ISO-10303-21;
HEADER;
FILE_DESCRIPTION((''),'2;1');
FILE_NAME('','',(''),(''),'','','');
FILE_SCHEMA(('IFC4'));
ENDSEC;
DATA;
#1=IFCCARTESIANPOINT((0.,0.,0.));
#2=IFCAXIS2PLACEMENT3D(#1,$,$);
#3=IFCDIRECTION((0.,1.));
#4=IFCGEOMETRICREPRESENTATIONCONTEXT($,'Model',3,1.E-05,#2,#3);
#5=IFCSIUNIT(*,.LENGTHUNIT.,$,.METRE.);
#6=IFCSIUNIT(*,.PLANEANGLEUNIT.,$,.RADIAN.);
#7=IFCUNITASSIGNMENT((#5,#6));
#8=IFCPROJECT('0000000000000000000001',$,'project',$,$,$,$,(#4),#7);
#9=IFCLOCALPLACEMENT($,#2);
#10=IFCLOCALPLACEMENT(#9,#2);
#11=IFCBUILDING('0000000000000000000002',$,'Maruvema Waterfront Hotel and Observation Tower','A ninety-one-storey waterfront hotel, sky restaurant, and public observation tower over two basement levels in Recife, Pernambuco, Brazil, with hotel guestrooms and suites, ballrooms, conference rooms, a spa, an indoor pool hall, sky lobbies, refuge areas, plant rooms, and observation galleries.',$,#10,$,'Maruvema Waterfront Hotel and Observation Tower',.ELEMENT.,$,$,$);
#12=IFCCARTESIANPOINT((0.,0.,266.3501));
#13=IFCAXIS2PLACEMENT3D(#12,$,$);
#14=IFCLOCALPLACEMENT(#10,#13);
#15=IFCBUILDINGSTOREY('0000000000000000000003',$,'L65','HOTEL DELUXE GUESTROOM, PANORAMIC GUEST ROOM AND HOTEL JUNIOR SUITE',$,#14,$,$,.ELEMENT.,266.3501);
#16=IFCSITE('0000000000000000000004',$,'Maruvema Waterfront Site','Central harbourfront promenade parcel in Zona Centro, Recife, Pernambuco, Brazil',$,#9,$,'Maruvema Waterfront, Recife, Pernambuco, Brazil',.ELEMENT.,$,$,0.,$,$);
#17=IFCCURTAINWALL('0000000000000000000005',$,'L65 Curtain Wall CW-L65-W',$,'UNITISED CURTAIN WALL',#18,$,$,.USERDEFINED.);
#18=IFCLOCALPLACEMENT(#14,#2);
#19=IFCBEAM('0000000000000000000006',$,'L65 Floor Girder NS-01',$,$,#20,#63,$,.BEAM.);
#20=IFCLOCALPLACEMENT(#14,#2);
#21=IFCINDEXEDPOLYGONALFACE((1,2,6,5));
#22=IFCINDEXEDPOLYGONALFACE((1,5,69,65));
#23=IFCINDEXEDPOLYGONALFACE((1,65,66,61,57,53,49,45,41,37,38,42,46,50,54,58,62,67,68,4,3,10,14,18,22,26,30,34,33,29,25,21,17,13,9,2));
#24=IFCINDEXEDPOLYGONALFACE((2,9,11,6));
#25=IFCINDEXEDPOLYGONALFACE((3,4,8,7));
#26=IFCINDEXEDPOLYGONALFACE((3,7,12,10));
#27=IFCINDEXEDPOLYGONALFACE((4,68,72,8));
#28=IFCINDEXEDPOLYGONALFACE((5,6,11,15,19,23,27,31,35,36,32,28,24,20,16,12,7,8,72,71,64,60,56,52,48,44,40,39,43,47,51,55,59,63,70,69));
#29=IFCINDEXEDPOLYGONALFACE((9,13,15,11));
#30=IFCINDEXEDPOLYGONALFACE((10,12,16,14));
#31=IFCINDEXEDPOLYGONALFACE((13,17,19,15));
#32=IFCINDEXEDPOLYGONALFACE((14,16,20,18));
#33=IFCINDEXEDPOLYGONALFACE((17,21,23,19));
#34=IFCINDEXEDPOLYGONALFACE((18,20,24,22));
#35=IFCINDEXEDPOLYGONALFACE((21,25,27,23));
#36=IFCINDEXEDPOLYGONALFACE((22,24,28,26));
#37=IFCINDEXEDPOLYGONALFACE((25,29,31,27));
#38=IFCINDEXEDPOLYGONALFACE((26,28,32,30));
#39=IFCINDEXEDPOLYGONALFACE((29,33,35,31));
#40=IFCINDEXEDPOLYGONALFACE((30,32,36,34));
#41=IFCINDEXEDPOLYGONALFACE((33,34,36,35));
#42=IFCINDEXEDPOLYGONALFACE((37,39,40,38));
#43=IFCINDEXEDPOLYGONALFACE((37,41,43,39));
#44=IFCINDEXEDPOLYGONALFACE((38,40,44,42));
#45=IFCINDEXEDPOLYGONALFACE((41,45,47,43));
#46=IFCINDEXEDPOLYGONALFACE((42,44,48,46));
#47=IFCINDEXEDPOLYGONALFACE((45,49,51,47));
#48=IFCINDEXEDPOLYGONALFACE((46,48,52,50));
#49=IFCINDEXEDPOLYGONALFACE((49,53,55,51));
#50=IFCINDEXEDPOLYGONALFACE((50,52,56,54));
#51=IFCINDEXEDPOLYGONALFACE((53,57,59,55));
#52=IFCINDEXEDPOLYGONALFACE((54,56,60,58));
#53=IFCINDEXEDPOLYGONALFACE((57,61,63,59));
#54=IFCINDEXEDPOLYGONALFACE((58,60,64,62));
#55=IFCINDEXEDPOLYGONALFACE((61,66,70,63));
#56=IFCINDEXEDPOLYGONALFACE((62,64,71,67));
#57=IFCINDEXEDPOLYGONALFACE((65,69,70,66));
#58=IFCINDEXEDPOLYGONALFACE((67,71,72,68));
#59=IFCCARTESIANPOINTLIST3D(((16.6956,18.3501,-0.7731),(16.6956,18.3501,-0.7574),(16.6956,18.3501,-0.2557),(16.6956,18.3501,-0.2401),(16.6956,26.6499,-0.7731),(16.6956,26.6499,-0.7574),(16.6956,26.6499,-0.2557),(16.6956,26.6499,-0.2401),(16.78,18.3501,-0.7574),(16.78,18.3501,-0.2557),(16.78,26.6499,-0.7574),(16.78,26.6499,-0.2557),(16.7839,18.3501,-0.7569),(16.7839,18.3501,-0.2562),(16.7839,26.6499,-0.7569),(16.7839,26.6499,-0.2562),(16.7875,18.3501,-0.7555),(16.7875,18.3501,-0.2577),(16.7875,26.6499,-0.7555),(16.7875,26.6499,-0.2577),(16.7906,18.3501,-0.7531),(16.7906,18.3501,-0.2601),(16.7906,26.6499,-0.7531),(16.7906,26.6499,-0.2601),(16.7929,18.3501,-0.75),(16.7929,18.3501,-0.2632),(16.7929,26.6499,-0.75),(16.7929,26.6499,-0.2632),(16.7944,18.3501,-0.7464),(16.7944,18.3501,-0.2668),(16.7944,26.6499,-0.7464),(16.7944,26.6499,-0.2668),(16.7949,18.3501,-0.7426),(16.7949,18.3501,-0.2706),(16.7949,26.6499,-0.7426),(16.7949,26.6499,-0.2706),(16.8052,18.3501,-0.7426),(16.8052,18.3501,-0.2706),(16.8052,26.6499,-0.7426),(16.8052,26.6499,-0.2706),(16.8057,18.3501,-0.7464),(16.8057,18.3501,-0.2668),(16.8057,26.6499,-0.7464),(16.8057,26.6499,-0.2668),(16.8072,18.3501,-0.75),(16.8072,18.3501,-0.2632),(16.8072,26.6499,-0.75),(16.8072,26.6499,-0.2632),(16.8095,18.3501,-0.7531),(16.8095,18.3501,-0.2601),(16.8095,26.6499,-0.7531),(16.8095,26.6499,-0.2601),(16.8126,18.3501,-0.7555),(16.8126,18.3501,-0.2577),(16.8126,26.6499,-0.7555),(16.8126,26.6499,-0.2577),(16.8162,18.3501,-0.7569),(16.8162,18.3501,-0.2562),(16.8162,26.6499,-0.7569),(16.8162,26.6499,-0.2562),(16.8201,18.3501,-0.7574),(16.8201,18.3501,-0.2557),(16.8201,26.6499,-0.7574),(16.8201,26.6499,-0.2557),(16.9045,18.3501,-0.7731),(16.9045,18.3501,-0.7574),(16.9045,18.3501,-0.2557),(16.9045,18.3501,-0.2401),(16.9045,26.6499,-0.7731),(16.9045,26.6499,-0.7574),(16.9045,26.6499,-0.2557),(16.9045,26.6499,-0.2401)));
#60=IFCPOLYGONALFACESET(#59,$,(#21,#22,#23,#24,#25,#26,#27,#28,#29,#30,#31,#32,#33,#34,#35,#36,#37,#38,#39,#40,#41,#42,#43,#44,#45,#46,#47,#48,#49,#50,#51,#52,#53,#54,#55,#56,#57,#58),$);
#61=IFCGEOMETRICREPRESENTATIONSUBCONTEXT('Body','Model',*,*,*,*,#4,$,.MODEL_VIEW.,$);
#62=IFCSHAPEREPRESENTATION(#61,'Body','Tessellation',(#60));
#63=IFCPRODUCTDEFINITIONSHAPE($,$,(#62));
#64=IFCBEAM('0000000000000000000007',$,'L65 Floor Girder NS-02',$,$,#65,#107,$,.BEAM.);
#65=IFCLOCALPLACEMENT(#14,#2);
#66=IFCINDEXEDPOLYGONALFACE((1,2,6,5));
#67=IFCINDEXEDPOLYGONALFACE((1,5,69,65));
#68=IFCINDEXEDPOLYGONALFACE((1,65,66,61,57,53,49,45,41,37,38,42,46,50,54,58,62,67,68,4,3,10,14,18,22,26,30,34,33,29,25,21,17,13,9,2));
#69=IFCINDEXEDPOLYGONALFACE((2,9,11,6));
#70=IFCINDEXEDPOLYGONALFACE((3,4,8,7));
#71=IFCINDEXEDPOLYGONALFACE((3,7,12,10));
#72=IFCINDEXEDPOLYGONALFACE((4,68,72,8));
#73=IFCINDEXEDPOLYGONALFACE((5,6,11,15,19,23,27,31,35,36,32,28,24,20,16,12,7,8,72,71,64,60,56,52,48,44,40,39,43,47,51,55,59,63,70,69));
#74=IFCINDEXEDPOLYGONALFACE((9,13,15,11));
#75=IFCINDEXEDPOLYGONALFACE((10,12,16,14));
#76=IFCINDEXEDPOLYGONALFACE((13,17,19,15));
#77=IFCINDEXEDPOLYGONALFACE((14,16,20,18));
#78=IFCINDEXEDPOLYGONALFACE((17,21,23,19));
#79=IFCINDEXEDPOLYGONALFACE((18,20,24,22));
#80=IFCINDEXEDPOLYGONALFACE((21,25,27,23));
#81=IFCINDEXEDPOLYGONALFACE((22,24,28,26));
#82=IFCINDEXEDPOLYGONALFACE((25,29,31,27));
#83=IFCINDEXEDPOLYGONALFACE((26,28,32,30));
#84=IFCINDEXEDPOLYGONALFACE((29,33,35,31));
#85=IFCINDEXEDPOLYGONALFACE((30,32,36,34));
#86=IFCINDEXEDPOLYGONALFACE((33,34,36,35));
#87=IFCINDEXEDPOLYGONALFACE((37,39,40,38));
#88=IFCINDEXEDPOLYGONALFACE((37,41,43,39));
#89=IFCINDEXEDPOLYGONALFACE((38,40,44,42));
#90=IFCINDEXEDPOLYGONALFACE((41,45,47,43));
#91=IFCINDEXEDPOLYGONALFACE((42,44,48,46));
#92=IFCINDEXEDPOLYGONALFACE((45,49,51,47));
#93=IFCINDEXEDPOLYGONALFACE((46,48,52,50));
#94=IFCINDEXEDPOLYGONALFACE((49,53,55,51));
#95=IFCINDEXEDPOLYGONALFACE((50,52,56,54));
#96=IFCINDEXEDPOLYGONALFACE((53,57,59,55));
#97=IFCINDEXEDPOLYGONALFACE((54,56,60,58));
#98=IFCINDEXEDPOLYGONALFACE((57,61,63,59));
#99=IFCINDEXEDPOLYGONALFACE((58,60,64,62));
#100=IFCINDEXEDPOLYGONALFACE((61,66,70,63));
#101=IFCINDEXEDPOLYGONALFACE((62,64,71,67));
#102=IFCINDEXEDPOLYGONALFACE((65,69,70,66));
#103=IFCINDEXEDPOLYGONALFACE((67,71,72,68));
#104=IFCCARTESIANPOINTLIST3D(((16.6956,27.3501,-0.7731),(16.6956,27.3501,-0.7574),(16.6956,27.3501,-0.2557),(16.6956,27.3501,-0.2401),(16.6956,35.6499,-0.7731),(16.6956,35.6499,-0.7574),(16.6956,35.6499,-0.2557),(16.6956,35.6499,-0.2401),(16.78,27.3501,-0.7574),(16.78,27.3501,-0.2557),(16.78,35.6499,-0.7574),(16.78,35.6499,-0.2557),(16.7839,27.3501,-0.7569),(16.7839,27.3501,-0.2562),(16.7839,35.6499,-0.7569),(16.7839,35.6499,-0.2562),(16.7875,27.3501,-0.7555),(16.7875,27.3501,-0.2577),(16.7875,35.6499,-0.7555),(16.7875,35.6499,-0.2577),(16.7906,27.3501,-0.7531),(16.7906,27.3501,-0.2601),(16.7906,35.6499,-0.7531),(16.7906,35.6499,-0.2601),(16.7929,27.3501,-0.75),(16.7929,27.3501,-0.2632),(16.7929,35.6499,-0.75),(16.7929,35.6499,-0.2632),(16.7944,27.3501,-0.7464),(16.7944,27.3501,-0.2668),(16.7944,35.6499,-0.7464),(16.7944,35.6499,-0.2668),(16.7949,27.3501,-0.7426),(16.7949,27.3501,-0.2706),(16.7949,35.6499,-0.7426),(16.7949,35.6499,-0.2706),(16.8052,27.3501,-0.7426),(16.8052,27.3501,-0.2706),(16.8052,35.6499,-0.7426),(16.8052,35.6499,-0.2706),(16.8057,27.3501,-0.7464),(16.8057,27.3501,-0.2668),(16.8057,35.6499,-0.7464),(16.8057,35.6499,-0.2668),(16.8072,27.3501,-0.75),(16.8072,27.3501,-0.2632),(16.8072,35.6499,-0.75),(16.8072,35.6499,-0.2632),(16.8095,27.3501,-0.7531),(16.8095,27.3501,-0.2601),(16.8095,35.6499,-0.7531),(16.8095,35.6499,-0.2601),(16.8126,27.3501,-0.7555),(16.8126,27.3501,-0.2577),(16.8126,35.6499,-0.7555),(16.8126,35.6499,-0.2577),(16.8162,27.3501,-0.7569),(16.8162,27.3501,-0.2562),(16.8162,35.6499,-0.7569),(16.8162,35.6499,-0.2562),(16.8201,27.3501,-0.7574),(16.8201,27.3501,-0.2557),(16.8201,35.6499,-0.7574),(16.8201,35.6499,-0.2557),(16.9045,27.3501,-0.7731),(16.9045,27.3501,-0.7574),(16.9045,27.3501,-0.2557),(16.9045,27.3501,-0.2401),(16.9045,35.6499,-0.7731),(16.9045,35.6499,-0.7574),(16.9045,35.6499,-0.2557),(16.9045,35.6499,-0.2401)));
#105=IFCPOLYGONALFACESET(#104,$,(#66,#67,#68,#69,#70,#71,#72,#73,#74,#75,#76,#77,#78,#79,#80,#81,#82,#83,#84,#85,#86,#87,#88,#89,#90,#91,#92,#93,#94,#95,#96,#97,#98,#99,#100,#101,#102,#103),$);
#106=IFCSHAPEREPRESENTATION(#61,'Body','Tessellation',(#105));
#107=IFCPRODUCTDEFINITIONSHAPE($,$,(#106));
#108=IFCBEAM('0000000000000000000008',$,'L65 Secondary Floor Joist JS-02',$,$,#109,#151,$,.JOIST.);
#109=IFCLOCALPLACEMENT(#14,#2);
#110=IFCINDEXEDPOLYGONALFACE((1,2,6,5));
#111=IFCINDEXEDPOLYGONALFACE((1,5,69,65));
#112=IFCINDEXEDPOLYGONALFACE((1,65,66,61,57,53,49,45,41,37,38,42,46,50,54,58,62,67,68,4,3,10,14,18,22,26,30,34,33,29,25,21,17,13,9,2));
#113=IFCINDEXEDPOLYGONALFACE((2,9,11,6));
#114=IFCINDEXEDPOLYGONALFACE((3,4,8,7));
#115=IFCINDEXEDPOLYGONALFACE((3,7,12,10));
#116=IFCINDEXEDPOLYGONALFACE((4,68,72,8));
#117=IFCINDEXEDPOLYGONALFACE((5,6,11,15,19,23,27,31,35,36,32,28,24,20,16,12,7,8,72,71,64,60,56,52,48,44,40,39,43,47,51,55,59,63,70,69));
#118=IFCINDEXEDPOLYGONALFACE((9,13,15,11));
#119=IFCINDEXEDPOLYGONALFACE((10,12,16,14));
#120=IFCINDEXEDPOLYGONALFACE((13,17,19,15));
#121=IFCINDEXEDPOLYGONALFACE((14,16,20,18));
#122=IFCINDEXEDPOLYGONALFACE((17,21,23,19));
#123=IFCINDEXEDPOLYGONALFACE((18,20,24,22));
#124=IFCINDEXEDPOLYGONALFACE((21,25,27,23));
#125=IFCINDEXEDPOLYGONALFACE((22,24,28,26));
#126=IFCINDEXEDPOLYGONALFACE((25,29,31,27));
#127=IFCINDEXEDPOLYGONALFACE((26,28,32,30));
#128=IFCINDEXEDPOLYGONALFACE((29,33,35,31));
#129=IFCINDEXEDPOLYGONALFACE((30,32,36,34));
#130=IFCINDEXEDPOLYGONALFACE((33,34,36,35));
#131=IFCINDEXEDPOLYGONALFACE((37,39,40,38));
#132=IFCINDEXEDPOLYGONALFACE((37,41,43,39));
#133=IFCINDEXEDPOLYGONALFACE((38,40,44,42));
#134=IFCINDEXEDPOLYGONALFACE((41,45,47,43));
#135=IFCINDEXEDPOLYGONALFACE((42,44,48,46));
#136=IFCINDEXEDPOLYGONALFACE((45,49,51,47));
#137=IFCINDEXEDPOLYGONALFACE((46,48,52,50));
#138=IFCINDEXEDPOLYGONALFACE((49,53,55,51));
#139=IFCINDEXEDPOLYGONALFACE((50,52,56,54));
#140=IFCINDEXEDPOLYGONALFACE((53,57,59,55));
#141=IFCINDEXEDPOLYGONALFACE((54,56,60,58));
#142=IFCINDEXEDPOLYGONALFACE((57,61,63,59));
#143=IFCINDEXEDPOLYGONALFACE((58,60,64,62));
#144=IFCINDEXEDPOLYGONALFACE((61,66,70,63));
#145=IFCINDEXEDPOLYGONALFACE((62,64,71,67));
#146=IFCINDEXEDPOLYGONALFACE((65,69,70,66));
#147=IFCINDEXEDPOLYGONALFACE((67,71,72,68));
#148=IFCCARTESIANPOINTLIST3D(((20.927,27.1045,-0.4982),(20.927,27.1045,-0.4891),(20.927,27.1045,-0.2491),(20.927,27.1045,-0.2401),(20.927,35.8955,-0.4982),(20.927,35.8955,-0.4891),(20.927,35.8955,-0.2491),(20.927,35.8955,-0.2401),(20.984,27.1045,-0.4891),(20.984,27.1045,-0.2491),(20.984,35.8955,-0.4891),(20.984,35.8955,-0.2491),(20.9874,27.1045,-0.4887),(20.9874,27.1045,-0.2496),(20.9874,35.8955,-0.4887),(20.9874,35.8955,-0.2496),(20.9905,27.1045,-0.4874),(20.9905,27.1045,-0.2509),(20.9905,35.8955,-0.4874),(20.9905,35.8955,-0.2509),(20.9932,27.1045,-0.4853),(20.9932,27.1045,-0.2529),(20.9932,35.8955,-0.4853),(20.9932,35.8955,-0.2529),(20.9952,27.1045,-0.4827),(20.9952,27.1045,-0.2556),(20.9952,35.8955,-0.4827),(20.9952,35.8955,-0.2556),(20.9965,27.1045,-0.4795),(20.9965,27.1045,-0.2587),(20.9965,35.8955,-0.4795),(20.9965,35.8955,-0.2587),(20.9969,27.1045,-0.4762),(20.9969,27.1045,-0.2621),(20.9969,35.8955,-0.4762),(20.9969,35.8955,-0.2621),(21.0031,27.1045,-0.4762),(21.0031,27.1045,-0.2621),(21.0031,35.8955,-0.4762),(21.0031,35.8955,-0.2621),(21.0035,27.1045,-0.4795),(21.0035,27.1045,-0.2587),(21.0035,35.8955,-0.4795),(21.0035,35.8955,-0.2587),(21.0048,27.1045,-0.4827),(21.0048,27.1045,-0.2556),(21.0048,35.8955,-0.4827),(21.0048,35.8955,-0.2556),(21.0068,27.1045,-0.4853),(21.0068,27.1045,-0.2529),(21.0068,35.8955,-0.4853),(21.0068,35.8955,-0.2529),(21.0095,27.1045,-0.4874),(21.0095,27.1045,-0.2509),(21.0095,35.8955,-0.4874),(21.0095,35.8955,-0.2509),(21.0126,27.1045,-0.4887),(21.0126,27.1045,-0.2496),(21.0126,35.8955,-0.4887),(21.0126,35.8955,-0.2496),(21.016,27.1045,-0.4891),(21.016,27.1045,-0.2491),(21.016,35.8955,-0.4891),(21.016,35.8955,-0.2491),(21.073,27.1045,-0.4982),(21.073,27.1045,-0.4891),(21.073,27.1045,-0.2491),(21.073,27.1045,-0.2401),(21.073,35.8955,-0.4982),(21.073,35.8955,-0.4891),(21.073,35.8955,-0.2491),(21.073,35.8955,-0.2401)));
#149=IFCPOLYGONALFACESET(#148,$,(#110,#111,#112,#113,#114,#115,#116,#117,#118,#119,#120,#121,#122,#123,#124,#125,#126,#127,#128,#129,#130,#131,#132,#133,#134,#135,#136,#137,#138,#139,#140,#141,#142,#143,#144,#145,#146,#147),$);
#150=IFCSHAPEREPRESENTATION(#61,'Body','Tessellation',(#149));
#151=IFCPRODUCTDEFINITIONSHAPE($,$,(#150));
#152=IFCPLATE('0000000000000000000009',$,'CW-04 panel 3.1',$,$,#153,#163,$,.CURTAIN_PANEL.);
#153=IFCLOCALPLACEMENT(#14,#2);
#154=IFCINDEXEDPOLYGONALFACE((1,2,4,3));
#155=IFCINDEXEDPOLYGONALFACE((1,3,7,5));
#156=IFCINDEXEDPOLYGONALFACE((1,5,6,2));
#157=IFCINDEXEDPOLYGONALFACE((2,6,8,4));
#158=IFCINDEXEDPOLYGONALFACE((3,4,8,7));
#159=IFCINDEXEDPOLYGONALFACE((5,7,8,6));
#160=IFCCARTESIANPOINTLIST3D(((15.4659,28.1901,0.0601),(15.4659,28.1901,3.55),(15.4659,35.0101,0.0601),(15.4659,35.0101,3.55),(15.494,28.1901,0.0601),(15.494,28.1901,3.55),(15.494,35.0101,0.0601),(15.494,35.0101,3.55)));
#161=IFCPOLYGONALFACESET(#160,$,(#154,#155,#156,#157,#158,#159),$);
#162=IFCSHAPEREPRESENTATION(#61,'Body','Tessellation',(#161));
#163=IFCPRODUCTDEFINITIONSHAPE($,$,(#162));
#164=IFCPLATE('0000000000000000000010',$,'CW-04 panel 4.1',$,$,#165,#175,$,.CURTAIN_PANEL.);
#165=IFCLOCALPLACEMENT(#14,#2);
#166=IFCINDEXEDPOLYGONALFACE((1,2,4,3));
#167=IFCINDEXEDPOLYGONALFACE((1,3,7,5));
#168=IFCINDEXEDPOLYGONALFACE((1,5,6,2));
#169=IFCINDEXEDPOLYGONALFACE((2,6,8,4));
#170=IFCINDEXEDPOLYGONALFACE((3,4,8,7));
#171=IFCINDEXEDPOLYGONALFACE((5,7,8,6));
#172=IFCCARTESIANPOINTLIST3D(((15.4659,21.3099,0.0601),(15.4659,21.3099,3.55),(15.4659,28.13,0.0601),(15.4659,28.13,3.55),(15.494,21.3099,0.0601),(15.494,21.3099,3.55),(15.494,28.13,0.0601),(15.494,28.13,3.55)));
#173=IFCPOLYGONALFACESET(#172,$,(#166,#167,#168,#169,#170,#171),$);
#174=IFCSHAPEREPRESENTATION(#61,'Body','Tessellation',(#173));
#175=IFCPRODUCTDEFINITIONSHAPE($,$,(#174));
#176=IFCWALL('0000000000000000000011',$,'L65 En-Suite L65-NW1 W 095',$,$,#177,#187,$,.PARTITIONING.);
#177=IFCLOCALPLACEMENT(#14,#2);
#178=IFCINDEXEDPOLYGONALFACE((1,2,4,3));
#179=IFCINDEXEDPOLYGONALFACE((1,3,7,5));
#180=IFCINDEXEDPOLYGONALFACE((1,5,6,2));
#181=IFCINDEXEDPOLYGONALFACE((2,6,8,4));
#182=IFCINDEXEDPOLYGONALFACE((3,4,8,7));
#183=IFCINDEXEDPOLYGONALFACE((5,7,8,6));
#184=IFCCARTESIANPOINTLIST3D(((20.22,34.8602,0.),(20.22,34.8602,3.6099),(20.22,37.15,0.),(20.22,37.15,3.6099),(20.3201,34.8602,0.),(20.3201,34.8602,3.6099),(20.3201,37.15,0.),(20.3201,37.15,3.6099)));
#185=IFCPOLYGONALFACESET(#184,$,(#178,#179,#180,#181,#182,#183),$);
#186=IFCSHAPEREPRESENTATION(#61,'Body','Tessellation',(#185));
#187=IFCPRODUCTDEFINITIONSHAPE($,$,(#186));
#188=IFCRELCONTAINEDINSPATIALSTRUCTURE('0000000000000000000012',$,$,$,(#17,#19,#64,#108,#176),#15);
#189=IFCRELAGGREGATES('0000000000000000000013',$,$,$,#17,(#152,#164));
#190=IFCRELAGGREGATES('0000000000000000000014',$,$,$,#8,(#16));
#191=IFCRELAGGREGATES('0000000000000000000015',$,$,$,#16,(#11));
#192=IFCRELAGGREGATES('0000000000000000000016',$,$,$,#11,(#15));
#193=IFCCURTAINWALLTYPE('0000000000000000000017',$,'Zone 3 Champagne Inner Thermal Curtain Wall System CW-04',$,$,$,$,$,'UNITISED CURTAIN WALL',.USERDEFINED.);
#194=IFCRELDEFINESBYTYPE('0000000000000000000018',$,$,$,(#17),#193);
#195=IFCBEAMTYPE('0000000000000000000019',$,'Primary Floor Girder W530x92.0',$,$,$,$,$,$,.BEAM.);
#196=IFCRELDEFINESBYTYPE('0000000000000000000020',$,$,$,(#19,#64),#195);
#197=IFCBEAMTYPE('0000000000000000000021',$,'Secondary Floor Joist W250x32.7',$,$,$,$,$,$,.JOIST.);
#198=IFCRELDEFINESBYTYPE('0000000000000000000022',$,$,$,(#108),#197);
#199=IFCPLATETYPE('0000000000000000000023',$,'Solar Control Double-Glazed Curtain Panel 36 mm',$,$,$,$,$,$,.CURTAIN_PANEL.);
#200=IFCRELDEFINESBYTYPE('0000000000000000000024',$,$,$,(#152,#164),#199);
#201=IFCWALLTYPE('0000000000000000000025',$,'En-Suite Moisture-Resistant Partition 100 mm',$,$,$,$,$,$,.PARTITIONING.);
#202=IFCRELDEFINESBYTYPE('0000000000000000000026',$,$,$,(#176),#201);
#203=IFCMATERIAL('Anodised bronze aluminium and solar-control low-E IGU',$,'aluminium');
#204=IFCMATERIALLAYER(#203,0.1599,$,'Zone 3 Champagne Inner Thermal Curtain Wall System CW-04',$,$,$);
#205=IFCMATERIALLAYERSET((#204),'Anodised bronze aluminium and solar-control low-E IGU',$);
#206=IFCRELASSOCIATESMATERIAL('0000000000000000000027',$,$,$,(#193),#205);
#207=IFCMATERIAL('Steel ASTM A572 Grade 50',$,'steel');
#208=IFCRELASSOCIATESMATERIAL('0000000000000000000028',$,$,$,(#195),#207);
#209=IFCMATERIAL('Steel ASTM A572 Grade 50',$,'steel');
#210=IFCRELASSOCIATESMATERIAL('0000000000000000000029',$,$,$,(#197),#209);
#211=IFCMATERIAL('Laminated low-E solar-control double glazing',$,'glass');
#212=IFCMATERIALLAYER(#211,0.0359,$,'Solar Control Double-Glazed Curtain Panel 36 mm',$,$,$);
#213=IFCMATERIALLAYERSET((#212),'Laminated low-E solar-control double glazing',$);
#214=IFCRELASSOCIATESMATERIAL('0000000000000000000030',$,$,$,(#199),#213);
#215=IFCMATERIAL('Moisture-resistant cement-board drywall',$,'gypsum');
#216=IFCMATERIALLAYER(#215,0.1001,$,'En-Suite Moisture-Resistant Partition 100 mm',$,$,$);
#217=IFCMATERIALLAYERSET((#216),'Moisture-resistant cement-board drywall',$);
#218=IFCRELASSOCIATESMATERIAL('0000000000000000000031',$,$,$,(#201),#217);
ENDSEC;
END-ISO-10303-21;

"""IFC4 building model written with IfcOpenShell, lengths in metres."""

from ifc_helpers import new_model, si_unit, direction, frame, frame_2d, origin, origin_2d, place, context, subcontext, project, spatial, rectangle, i_section, extrude, material, layer, layer_set, material_profile, profile_set, type_object, element, aggregate, save


model = new_model("IFC4")

# Units and contexts
model_context = context("Model", 3, precision=1e-05, world=origin(), true_north=direction((0.0, 1.0)))
body_context = subcontext(model_context, "Body", "Model", "MODEL_VIEW")
ifc_project = project(units=[si_unit("LENGTHUNIT", "METRE"), si_unit("PLANEANGLEUNIT", "RADIAN")], contexts=[model_context])

# Site, building, storey
site_placement = place(None, origin())
site = spatial("IfcSite", under=ifc_project, at=site_placement, Name="Maruvema Waterfront Site", Description="Central harbourfront promenade parcel in Zona Centro, Recife, Pernambuco, Brazil", LongName="Maruvema Waterfront, Recife, Pernambuco, Brazil", CompositionType="ELEMENT", RefElevation=0.0)
building_placement = place(site_placement, origin())
building = spatial("IfcBuilding", under=site, at=building_placement, Name="Maruvema Waterfront Hotel and Observation Tower", Description="A ninety-one-storey waterfront hotel, sky restaurant, and public observation tower over two basement levels in Recife, Pernambuco, Brazil, with hotel guestrooms and suites, ballrooms, conference rooms, a spa, an indoor pool hall, sky lobbies, refuge areas, plant rooms, and observation galleries.", LongName="Maruvema Waterfront Hotel and Observation Tower", CompositionType="ELEMENT")
storey_placement = place(building_placement, frame((0.0, 0.0, 266.3501)))
storey = spatial("IfcBuildingStorey", under=building, at=storey_placement, Name="L65", Description="HOTEL DELUXE GUESTROOM, PANORAMIC GUEST ROOM AND HOTEL JUNIOR SUITE", CompositionType="ELEMENT", Elevation=266.3501)

# Curtain wall
ifc_material_1 = material(Name="Anodised bronze aluminium and solar-control low-E IGU", Category="aluminium")
ifc_layer_1 = layer(ifc_material_1, 0.1599, Name="Zone 3 Champagne Inner Thermal Curtain Wall System CW-04")
ifc_layer_set_1 = layer_set([ifc_layer_1], Name="Anodised bronze aluminium and solar-control low-E IGU")
curtain_wall_type = type_object("IfcCurtainWallType", Name="Zone 3 Champagne Inner Thermal Curtain Wall System CW-04", ElementType="UNITISED CURTAIN WALL", PredefinedType="USERDEFINED", material=ifc_layer_set_1)
curtain_wall_placement = place(storey_placement, origin())
curtain_wall = element("IfcCurtainWall", 1, at=curtain_wall_placement, inside=storey, type_object=curtain_wall_type, Name="L65 Curtain Wall CW-L65-W", ObjectType="UNITISED CURTAIN WALL", PredefinedType="USERDEFINED")

# Beams
ifc_material_2 = material(Name="Steel ASTM A572 Grade 50", Category="steel")
ifc_material_profile_1 = material_profile(ifc_material_2, i_section(OverallWidth=0.209, OverallDepth=0.533, WebThickness=0.0103, FlangeThickness=0.0156, FilletRadius=0.0149, at=origin_2d()), Name="W530x92.0")
ifc_profile_set_1 = profile_set([ifc_material_profile_1], Name="Steel ASTM A572 Grade 50")
beam_type_1 = type_object("IfcBeamType", Name="Primary Floor Girder W530x92.0", PredefinedType="BEAM", material=ifc_profile_set_1)
for number, where, z_axis, x_axis, name in (
    (2, (16.8, 18.3501, -0.5066), (0.0, 1.0, 0.0), (-1.0, 0.0, 0.0), "L65 Floor Girder NS-01"),
    (3, (16.8, 27.3501, -0.5066), (0.0, 1.0, 0.0), (-1.0, 0.0, 0.0), "L65 Floor Girder NS-02"),
):
    element("IfcBeam", number, at=place(storey_placement, frame(where, z_axis=z_axis, x_axis=x_axis)), inside=storey, type_object=beam_type_1, Name=name, PredefinedType="BEAM", context=body_context, shape_type="SweptSolid", body=[
        extrude(i_section(OverallWidth=0.209, OverallDepth=0.533, WebThickness=0.0103, FlangeThickness=0.0156, FilletRadius=0.0149, at=origin_2d()), origin(), (0.0, 0.0, 1.0), 8.2998),
    ])
ifc_material_3 = material(Name="Steel ASTM A572 Grade 50", Category="steel")
ifc_material_profile_2 = material_profile(ifc_material_3, i_section(OverallWidth=0.146, OverallDepth=0.2581, WebThickness=0.0061, FlangeThickness=0.009, FilletRadius=0.0129, at=origin_2d()), Name="W250x32.7")
ifc_profile_set_2 = profile_set([ifc_material_profile_2], Name="Steel ASTM A572 Grade 50")
beam_type_2 = type_object("IfcBeamType", Name="Secondary Floor Joist W250x32.7", PredefinedType="JOIST", material=ifc_profile_set_2)
beam_1_placement = place(storey_placement, frame((21.0, 27.1045, -0.3691), z_axis=(0.0, 1.0, 0.0), x_axis=(-1.0, 0.0, 0.0)))
element("IfcBeam", 4, at=beam_1_placement, inside=storey, type_object=beam_type_2, Name="L65 Secondary Floor Joist JS-02", PredefinedType="JOIST", context=body_context, shape_type="SweptSolid", body=[
    extrude(i_section(OverallWidth=0.146, OverallDepth=0.2581, WebThickness=0.0061, FlangeThickness=0.009, FilletRadius=0.0129, at=origin_2d()), origin(), (0.0, 0.0, 1.0), 8.791),
])

# Plates
ifc_material_4 = material(Name="Laminated low-E solar-control double glazing", Category="glass")
ifc_layer_2 = layer(ifc_material_4, 0.0359, Name="Solar Control Double-Glazed Curtain Panel 36 mm")
ifc_layer_set_2 = layer_set([ifc_layer_2], Name="Laminated low-E solar-control double glazing")
plate_type = type_object("IfcPlateType", Name="Solar Control Double-Glazed Curtain Panel 36 mm", PredefinedType="CURTAIN_PANEL", material=ifc_layer_set_2)
plate_1_placement = place(storey_placement, frame((15.48, 31.6001, 0.0601), z_axis=(0.0, 0.0, 1.0), x_axis=(0.0, -1.0, 0.0)))
plate_1 = element("IfcPlate", 5, at=plate_1_placement, type_object=plate_type, Name="CW-04 panel 3.1", PredefinedType="CURTAIN_PANEL", context=body_context, shape_type="SweptSolid", body=[
    extrude(rectangle(XDim=6.8201, YDim=0.0281, at=origin_2d()), origin(), (0.0, 0.0, 1.0), 3.49),
])
plate_2_placement = place(storey_placement, frame((15.48, 24.72, 0.0601), z_axis=(0.0, 0.0, 1.0), x_axis=(0.0, -1.0, 0.0)))
plate_2 = element("IfcPlate", 6, at=plate_2_placement, type_object=plate_type, Name="CW-04 panel 4.1", PredefinedType="CURTAIN_PANEL", context=body_context, shape_type="SweptSolid", body=[
    extrude(rectangle(XDim=6.8201, YDim=0.0281, at=origin_2d()), origin(), (0.0, 0.0, 1.0), 3.49),
])
aggregate(curtain_wall, [plate_1, plate_2])

# Wall
ifc_material_5 = material(Name="Moisture-resistant cement-board drywall", Category="gypsum")
ifc_layer_3 = layer(ifc_material_5, 0.1001, Name="En-Suite Moisture-Resistant Partition 100 mm")
ifc_layer_set_3 = layer_set([ifc_layer_3], Name="Moisture-resistant cement-board drywall")
wall_type_1 = type_object("IfcWallType", Name="En-Suite Moisture-Resistant Partition 100 mm", PredefinedType="PARTITIONING", material=ifc_layer_set_3)
wall_1_placement = place(storey_placement, frame((20.27, 34.8601, 0.0), z_axis=(0.0, 0.0, 1.0), x_axis=(0.0, 1.0, 0.0)))
element("IfcWall", 7, at=wall_1_placement, inside=storey, type_object=wall_type_1, Name="L65 En-Suite L65-NW1 W 095", PredefinedType="PARTITIONING", context=body_context, shape_type="SweptSolid", body=[
    extrude(rectangle(XDim=2.2898, YDim=0.1001, at=frame_2d((1.145, 0.0))), origin(), (0.0, 0.0, 1.0), 3.6099),
])

save(model, "model.ifc")
